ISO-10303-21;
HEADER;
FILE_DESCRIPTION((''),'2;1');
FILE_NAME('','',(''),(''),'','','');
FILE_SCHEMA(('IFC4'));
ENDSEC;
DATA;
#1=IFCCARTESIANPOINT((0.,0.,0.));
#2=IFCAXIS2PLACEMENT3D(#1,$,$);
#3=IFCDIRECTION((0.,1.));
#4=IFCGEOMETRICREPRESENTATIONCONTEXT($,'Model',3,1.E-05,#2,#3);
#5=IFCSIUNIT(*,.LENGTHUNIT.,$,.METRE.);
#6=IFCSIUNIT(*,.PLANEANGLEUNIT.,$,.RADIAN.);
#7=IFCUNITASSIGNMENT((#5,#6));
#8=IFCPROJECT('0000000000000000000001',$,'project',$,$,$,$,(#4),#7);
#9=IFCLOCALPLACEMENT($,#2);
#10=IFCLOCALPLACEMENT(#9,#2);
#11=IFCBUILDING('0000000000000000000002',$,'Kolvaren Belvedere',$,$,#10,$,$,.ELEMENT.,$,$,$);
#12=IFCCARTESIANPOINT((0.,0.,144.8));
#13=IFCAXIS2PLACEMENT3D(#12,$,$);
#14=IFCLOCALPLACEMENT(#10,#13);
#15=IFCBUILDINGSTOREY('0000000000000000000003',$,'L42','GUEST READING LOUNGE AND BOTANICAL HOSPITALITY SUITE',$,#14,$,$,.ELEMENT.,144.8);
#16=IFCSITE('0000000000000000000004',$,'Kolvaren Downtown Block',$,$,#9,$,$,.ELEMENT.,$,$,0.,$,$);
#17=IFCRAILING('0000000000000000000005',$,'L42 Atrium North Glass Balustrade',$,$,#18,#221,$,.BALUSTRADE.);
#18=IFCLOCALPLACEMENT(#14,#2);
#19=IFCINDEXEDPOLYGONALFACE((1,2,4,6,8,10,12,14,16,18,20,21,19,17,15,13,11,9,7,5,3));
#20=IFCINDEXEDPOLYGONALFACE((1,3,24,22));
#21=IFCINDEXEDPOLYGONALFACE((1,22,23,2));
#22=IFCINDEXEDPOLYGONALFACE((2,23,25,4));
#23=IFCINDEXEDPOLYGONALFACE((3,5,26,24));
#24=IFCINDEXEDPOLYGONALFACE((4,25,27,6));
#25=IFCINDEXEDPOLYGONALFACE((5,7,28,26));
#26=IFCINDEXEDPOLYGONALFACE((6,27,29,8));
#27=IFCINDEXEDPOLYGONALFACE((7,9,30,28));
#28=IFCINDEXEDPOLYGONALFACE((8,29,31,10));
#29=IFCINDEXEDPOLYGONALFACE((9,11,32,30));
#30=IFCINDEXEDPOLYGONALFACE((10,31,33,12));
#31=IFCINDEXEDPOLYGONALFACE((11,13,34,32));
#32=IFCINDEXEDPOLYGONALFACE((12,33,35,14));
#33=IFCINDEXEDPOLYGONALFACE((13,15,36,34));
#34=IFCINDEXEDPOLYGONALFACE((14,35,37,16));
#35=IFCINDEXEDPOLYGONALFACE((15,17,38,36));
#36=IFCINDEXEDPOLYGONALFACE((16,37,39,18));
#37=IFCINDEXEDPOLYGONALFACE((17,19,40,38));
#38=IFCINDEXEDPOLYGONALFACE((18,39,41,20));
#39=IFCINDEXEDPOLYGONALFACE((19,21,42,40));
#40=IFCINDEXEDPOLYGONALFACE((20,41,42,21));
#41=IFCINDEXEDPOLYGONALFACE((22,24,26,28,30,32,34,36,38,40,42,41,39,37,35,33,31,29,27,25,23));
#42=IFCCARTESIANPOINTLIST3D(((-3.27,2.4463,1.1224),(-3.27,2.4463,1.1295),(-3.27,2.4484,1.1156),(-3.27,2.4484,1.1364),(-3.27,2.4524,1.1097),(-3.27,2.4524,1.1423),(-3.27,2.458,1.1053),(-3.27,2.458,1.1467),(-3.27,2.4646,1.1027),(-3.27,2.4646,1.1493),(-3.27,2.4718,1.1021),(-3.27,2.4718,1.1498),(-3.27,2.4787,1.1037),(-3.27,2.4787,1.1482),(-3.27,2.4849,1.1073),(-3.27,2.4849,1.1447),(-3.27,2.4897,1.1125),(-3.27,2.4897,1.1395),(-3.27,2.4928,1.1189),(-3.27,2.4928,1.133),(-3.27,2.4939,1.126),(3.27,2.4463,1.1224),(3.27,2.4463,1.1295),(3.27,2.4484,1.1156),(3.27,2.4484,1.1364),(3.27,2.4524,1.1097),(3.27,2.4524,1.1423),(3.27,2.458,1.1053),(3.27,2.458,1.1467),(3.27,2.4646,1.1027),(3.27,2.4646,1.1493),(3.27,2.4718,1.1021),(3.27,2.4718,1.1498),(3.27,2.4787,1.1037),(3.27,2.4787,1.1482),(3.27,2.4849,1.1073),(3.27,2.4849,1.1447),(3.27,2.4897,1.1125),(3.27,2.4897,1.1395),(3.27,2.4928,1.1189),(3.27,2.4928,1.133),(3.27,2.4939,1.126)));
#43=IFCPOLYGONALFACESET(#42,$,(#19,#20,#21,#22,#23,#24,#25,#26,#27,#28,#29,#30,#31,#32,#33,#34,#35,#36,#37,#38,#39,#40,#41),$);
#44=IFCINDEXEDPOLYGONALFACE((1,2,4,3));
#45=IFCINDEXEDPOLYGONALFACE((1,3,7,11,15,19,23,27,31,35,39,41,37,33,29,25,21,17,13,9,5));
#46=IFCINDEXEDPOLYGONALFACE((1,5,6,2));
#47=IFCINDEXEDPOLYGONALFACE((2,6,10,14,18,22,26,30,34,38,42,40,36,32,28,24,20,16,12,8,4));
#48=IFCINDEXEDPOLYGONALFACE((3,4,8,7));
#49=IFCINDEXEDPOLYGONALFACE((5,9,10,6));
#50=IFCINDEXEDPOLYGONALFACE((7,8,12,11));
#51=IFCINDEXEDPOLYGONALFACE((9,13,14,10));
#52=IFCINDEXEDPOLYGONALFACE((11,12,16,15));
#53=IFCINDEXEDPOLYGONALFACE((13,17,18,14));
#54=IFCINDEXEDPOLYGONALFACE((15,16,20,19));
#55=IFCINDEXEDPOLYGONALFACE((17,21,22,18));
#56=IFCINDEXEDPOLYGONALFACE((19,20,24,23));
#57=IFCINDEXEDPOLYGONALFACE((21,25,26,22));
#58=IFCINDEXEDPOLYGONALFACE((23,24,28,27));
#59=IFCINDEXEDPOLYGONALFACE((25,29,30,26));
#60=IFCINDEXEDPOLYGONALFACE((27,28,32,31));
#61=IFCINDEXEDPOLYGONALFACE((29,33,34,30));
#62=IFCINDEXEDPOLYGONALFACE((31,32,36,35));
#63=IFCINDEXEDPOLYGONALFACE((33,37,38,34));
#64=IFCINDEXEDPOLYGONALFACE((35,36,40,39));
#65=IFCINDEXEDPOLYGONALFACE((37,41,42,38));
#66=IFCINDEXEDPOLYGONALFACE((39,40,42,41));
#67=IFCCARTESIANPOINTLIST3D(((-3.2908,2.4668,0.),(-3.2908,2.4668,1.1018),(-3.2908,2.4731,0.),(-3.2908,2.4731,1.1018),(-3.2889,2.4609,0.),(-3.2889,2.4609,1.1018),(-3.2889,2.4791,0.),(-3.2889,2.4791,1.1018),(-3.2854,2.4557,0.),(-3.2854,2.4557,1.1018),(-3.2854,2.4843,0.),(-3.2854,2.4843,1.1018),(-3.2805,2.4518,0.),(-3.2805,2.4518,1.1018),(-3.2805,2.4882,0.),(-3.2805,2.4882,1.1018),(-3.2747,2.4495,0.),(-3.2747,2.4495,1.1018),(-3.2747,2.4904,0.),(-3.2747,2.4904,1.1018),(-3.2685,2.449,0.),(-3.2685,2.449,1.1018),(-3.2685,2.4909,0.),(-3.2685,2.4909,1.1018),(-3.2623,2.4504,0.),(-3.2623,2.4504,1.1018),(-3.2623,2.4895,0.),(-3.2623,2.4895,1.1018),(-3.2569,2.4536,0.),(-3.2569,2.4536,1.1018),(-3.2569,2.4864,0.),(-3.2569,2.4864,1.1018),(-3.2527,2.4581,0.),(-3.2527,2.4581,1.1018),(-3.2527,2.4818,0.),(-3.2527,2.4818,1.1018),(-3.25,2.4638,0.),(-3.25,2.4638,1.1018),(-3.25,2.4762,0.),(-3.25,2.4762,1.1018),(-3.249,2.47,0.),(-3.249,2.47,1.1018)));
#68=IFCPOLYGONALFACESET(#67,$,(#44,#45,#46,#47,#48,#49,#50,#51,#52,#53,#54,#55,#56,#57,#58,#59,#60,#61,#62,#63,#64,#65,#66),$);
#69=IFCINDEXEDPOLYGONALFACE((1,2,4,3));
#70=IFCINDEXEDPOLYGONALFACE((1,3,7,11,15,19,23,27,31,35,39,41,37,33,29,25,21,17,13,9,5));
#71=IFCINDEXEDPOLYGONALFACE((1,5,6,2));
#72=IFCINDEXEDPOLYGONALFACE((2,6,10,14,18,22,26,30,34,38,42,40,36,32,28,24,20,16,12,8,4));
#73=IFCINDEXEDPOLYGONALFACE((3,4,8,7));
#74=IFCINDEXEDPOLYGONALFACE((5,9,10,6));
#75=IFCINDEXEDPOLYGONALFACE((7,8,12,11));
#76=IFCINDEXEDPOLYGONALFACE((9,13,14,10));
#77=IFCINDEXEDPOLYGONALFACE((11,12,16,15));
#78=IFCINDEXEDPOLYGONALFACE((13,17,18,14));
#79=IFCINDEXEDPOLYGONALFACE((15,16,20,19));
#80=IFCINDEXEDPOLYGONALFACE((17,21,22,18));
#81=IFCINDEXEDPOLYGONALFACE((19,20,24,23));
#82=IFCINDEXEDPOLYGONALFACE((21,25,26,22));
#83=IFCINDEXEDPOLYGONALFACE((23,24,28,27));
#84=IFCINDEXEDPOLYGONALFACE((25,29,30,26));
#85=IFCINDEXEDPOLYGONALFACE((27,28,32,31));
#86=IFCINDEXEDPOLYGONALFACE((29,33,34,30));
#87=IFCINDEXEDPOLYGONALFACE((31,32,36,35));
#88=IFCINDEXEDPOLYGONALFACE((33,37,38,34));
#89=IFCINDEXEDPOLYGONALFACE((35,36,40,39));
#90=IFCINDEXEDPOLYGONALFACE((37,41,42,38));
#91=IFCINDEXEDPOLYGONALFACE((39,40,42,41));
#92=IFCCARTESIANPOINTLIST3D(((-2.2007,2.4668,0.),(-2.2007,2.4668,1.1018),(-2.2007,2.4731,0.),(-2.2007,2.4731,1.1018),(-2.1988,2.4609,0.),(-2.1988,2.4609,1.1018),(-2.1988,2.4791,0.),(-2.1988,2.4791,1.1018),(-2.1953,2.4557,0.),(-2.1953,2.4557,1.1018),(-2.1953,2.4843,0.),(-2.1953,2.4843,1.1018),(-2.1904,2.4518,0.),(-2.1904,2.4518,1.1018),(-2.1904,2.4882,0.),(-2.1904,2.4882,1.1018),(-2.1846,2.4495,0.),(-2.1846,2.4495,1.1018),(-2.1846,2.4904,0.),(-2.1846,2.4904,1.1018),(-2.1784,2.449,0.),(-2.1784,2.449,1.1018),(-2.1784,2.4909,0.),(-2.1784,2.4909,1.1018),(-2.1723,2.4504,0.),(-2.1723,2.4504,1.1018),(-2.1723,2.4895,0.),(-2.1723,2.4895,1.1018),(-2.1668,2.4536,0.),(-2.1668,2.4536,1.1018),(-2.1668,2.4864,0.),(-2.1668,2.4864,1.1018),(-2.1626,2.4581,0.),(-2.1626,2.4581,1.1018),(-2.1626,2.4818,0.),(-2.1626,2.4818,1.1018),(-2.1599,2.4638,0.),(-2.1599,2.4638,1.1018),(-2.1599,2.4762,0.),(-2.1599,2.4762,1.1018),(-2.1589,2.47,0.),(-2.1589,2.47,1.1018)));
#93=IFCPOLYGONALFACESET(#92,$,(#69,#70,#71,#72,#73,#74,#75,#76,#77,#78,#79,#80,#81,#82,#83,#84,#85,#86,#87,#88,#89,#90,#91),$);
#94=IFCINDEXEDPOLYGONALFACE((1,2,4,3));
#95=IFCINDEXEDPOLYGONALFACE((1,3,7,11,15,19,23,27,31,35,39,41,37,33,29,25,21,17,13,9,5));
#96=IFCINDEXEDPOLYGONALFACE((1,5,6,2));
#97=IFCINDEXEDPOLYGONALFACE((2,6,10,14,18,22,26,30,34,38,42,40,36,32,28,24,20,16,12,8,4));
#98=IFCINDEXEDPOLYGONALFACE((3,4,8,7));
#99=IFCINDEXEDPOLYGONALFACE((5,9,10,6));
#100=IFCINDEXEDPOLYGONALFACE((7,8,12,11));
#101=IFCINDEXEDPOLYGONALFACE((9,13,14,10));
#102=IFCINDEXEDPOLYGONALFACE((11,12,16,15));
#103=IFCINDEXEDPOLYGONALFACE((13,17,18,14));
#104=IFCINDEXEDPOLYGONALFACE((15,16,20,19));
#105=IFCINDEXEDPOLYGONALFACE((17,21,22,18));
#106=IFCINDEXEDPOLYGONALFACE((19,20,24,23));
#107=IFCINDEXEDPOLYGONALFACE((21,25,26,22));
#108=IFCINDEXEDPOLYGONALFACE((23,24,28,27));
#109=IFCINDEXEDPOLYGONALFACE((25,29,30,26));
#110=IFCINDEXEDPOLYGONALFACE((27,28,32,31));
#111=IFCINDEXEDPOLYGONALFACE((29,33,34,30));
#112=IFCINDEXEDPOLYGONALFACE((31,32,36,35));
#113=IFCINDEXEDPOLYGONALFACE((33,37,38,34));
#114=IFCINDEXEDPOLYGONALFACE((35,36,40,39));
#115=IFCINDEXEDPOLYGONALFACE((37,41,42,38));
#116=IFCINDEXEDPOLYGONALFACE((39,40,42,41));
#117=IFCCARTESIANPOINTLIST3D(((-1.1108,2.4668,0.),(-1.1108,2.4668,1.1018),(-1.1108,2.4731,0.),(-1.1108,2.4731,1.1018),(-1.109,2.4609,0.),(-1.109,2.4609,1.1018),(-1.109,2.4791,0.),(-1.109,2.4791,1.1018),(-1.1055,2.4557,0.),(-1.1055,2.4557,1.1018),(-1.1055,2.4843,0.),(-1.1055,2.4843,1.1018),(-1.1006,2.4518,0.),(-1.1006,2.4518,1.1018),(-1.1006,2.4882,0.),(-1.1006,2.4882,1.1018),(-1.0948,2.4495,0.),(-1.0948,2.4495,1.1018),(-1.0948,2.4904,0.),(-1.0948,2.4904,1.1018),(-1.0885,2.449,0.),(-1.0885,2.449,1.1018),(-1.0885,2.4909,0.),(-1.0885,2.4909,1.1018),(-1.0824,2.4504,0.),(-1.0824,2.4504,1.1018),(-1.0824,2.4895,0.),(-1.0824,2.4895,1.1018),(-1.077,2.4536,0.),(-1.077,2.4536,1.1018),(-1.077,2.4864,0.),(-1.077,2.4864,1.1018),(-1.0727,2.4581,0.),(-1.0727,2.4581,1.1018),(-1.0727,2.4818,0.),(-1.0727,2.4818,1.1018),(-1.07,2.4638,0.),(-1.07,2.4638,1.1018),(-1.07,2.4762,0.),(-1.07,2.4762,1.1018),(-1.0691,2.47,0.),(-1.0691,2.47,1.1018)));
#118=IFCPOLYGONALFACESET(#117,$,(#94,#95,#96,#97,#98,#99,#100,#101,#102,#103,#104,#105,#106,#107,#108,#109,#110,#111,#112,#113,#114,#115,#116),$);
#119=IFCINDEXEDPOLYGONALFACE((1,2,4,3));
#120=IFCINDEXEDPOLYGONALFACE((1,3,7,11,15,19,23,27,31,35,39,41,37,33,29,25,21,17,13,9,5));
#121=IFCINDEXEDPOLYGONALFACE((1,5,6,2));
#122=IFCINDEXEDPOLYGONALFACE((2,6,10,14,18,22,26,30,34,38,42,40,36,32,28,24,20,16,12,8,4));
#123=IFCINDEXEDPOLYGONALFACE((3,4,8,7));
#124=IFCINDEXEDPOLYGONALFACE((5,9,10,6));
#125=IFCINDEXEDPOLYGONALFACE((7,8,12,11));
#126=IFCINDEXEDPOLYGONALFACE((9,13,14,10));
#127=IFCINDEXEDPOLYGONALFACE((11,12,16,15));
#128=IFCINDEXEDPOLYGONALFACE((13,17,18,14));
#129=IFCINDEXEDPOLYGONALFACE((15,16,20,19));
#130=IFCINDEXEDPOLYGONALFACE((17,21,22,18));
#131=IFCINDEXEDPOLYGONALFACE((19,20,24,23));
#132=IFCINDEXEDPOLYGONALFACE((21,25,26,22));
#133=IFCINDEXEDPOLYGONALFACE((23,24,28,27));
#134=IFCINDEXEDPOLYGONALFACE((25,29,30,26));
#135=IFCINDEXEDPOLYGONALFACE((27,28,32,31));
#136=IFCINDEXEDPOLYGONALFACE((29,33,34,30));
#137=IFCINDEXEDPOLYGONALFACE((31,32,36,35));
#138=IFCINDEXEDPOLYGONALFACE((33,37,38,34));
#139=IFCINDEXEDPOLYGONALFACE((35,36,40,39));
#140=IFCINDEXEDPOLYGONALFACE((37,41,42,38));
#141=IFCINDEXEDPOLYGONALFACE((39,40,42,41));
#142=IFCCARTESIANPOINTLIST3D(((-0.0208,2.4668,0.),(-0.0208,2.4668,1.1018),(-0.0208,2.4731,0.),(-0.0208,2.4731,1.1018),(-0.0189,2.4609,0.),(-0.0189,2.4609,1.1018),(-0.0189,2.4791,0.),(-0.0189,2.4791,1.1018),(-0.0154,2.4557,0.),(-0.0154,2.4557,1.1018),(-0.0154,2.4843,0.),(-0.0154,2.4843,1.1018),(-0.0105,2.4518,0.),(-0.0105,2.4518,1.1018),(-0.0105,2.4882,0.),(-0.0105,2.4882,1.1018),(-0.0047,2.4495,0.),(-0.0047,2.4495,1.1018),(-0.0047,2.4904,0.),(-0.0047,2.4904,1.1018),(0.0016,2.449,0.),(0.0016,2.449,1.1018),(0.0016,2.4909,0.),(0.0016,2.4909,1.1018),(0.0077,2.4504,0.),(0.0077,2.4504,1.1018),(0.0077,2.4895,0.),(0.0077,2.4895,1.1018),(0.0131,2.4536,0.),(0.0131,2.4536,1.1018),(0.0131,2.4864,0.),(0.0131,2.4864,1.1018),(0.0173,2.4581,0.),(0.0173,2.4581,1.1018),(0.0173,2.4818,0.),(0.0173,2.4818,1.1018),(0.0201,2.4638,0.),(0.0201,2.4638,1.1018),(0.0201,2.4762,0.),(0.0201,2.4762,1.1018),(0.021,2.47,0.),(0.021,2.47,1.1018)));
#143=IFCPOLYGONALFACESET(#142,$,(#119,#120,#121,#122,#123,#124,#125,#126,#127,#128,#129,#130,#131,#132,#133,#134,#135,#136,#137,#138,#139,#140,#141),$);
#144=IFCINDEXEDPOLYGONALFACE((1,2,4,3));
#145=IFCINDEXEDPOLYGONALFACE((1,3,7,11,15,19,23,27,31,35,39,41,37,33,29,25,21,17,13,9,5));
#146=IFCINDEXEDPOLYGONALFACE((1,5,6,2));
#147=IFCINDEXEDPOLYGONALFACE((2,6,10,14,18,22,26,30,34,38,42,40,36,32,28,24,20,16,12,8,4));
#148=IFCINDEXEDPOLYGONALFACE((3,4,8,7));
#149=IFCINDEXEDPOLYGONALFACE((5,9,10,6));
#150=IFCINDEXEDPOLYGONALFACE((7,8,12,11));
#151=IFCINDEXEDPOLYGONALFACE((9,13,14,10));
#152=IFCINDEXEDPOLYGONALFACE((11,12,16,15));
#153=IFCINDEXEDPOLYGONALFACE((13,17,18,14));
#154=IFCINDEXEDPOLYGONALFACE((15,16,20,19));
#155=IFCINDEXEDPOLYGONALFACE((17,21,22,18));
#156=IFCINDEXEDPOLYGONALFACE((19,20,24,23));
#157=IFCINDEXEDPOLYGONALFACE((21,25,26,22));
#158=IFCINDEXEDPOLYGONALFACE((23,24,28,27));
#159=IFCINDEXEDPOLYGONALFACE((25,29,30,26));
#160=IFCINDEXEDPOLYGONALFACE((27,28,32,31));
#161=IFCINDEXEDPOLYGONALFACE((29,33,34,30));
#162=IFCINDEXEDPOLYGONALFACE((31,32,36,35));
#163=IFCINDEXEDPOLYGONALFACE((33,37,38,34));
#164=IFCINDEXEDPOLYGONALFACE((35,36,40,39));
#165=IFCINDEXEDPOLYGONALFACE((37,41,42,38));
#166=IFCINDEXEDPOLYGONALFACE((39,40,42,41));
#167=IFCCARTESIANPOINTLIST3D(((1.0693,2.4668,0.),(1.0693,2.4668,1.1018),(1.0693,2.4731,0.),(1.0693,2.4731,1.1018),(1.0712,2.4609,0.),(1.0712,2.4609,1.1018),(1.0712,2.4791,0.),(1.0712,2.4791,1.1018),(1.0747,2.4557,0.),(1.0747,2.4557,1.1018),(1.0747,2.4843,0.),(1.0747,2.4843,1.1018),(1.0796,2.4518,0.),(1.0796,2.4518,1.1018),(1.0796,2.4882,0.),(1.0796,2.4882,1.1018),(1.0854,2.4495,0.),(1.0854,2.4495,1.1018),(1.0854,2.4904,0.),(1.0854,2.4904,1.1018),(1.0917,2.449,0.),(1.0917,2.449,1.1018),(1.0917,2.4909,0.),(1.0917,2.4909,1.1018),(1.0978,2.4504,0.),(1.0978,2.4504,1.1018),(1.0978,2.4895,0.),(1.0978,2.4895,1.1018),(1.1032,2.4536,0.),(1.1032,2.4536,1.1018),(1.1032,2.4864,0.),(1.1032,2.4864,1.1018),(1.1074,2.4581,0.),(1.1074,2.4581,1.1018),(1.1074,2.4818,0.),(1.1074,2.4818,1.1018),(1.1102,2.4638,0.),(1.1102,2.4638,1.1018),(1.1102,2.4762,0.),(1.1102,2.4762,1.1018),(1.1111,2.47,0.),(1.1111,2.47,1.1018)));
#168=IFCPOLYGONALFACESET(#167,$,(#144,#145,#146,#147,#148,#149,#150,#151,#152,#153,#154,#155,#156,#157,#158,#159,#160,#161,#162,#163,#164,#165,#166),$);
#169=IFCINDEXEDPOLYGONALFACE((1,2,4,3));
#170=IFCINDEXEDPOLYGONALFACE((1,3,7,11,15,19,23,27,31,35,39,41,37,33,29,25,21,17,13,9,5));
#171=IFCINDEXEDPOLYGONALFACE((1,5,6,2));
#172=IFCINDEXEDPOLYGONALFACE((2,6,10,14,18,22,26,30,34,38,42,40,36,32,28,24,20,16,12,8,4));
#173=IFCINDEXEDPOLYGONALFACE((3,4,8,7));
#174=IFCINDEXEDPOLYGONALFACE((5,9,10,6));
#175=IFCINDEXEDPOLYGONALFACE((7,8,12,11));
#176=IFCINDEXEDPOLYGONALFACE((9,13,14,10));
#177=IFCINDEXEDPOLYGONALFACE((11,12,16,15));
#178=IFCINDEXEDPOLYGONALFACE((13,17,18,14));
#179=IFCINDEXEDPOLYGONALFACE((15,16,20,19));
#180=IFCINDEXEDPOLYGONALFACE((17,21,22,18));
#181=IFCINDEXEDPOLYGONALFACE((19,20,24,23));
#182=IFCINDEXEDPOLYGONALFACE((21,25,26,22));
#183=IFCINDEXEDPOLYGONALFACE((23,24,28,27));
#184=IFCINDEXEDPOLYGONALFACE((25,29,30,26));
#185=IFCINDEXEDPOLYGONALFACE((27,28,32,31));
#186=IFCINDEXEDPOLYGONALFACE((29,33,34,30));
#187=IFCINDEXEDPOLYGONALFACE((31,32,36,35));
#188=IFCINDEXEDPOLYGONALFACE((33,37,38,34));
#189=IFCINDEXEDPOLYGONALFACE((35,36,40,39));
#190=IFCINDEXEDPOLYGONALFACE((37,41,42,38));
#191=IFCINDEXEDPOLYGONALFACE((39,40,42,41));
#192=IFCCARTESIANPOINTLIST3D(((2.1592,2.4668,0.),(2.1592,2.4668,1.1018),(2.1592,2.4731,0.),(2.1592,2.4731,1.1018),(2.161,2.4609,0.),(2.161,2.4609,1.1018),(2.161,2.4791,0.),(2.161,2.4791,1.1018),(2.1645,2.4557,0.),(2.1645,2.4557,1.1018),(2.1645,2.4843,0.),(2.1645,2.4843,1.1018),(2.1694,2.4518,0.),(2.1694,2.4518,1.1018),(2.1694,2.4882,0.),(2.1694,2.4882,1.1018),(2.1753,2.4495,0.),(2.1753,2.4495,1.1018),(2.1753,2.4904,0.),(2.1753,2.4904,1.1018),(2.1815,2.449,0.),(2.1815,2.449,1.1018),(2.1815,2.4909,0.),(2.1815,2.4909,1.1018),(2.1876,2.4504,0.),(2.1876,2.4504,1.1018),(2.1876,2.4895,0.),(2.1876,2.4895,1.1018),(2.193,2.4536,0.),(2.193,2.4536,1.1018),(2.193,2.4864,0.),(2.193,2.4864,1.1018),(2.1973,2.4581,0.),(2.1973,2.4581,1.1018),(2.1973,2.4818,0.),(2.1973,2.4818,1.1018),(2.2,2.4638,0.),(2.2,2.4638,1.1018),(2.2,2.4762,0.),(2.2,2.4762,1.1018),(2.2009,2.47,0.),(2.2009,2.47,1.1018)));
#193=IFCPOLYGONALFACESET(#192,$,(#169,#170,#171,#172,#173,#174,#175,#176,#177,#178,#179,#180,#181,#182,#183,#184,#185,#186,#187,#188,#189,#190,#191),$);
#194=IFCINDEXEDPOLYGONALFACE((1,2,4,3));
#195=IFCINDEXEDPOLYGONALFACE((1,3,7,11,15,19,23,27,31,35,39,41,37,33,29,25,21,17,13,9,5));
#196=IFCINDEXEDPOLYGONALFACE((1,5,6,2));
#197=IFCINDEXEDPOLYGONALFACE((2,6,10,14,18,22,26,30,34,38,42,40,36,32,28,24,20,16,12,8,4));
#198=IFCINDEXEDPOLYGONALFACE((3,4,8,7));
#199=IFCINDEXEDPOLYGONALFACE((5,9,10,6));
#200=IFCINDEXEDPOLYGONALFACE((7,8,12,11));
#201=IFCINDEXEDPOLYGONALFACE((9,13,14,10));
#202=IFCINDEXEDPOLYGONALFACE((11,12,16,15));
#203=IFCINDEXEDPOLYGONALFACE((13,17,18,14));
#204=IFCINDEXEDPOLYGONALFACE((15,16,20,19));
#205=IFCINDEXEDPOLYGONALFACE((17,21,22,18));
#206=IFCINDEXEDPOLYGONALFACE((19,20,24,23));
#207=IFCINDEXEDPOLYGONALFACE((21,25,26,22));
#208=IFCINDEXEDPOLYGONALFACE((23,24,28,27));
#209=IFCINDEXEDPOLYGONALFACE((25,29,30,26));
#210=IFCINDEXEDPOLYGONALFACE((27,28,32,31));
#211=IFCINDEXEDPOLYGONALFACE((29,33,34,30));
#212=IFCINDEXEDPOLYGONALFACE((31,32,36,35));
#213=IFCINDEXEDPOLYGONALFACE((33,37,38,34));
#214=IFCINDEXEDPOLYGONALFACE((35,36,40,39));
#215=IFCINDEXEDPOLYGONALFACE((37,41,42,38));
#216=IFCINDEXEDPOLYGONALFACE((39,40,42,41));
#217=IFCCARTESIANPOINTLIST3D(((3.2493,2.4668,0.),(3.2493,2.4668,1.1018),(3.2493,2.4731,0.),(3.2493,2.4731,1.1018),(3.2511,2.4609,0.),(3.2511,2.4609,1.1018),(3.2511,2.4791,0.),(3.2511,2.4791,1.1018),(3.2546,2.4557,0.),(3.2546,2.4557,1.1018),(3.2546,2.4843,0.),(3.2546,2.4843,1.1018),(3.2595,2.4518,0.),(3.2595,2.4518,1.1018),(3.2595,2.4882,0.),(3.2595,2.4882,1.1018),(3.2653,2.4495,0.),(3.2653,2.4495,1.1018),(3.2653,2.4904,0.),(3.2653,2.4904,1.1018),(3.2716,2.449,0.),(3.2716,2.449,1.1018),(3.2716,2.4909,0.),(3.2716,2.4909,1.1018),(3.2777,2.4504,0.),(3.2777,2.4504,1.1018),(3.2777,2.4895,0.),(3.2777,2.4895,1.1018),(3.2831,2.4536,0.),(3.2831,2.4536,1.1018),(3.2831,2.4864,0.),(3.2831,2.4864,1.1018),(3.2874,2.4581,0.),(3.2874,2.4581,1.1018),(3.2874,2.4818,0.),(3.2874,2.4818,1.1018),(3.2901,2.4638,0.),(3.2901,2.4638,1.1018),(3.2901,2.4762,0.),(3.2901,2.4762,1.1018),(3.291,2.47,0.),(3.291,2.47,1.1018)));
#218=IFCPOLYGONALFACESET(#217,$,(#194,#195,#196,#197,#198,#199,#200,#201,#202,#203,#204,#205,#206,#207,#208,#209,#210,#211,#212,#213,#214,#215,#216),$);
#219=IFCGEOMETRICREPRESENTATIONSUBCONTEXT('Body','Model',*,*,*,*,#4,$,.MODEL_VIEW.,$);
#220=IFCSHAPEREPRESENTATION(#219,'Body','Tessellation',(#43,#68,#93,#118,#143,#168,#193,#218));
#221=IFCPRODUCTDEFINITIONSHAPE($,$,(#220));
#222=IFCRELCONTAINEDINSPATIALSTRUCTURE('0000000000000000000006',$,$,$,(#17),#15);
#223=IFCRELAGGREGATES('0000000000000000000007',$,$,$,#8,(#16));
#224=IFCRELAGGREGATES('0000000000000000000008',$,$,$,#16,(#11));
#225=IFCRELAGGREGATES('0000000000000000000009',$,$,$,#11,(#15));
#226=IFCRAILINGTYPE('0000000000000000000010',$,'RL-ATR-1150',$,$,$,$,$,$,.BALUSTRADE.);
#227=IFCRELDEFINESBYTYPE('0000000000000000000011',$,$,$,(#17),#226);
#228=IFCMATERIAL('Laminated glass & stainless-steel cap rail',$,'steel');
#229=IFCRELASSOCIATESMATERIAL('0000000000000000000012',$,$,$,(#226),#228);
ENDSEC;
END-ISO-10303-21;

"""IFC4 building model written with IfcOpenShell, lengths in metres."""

from ifc_helpers import new_model, si_unit, direction, frame, origin, origin_2d, place, context, subcontext, project, spatial, circle, extrude, material, type_object, element, save


model = new_model("IFC4")

# Units and contexts
model_context = context("Model", 3, precision=1e-05, world=origin(), true_north=direction((0.0, 1.0)))
body_context = subcontext(model_context, "Body", "Model", "MODEL_VIEW")
ifc_project = project(units=[si_unit("LENGTHUNIT", "METRE"), si_unit("PLANEANGLEUNIT", "RADIAN")], contexts=[model_context])

# Site, building, storey
site_placement = place(None, origin())
site = spatial("IfcSite", under=ifc_project, at=site_placement, Name="Kolvaren Downtown Block", CompositionType="ELEMENT", RefElevation=0.0)
building_placement = place(site_placement, origin())
building = spatial("IfcBuilding", under=site, at=building_placement, Name="Kolvaren Belvedere", CompositionType="ELEMENT")
storey_placement = place(building_placement, frame((0.0, 0.0, 144.8)))
storey = spatial("IfcBuildingStorey", under=building, at=storey_placement, Name="L42", Description="GUEST READING LOUNGE AND BOTANICAL HOSPITALITY SUITE", CompositionType="ELEMENT", Elevation=144.8)

# Railing
ifc_material_1 = material(Name="Laminated glass & stainless-steel cap rail", Category="steel")
railing_type_1 = type_object("IfcRailingType", Name="RL-ATR-1150", PredefinedType="BALUSTRADE", material=ifc_material_1)
railing_1_placement = place(storey_placement, frame((-3.27, 2.47, 0.0)))
element("IfcRailing", 1, at=railing_1_placement, inside=storey, type_object=railing_type_1, Name="L42 Atrium North Glass Balustrade", PredefinedType="BALUSTRADE", context=body_context, shape_type="SweptSolid", body=[
    extrude(circle(Radius=0.0239, at=origin_2d()), frame((0.0, 0.0, 1.126), z_axis=(1.0, 0.0, 0.0), x_axis=(0.0, 1.0, 0.0)), (0.0, 0.0, 1.0), 6.54),
    extrude(circle(Radius=0.021, at=origin_2d()), origin(), (0.0, 0.0, 1.0), 1.1018),
    extrude(circle(Radius=0.021, at=origin_2d()), frame((1.0901, 0.0, 0.0)), (0.0, 0.0, 1.0), 1.1018),
    extrude(circle(Radius=0.021, at=origin_2d()), frame((2.1799, 0.0, 0.0)), (0.0, 0.0, 1.0), 1.1018),
    extrude(circle(Radius=0.021, at=origin_2d()), frame((3.27, 0.0, 0.0)), (0.0, 0.0, 1.0), 1.1018),
    extrude(circle(Radius=0.021, at=origin_2d()), frame((4.3601, 0.0, 0.0)), (0.0, 0.0, 1.0), 1.1018),
    extrude(circle(Radius=0.021, at=origin_2d()), frame((5.45, 0.0, 0.0)), (0.0, 0.0, 1.0), 1.1018),
    extrude(circle(Radius=0.021, at=origin_2d()), frame((6.54, 0.0, 0.0)), (0.0, 0.0, 1.0), 1.1018),
])

save(model, "model.ifc")
